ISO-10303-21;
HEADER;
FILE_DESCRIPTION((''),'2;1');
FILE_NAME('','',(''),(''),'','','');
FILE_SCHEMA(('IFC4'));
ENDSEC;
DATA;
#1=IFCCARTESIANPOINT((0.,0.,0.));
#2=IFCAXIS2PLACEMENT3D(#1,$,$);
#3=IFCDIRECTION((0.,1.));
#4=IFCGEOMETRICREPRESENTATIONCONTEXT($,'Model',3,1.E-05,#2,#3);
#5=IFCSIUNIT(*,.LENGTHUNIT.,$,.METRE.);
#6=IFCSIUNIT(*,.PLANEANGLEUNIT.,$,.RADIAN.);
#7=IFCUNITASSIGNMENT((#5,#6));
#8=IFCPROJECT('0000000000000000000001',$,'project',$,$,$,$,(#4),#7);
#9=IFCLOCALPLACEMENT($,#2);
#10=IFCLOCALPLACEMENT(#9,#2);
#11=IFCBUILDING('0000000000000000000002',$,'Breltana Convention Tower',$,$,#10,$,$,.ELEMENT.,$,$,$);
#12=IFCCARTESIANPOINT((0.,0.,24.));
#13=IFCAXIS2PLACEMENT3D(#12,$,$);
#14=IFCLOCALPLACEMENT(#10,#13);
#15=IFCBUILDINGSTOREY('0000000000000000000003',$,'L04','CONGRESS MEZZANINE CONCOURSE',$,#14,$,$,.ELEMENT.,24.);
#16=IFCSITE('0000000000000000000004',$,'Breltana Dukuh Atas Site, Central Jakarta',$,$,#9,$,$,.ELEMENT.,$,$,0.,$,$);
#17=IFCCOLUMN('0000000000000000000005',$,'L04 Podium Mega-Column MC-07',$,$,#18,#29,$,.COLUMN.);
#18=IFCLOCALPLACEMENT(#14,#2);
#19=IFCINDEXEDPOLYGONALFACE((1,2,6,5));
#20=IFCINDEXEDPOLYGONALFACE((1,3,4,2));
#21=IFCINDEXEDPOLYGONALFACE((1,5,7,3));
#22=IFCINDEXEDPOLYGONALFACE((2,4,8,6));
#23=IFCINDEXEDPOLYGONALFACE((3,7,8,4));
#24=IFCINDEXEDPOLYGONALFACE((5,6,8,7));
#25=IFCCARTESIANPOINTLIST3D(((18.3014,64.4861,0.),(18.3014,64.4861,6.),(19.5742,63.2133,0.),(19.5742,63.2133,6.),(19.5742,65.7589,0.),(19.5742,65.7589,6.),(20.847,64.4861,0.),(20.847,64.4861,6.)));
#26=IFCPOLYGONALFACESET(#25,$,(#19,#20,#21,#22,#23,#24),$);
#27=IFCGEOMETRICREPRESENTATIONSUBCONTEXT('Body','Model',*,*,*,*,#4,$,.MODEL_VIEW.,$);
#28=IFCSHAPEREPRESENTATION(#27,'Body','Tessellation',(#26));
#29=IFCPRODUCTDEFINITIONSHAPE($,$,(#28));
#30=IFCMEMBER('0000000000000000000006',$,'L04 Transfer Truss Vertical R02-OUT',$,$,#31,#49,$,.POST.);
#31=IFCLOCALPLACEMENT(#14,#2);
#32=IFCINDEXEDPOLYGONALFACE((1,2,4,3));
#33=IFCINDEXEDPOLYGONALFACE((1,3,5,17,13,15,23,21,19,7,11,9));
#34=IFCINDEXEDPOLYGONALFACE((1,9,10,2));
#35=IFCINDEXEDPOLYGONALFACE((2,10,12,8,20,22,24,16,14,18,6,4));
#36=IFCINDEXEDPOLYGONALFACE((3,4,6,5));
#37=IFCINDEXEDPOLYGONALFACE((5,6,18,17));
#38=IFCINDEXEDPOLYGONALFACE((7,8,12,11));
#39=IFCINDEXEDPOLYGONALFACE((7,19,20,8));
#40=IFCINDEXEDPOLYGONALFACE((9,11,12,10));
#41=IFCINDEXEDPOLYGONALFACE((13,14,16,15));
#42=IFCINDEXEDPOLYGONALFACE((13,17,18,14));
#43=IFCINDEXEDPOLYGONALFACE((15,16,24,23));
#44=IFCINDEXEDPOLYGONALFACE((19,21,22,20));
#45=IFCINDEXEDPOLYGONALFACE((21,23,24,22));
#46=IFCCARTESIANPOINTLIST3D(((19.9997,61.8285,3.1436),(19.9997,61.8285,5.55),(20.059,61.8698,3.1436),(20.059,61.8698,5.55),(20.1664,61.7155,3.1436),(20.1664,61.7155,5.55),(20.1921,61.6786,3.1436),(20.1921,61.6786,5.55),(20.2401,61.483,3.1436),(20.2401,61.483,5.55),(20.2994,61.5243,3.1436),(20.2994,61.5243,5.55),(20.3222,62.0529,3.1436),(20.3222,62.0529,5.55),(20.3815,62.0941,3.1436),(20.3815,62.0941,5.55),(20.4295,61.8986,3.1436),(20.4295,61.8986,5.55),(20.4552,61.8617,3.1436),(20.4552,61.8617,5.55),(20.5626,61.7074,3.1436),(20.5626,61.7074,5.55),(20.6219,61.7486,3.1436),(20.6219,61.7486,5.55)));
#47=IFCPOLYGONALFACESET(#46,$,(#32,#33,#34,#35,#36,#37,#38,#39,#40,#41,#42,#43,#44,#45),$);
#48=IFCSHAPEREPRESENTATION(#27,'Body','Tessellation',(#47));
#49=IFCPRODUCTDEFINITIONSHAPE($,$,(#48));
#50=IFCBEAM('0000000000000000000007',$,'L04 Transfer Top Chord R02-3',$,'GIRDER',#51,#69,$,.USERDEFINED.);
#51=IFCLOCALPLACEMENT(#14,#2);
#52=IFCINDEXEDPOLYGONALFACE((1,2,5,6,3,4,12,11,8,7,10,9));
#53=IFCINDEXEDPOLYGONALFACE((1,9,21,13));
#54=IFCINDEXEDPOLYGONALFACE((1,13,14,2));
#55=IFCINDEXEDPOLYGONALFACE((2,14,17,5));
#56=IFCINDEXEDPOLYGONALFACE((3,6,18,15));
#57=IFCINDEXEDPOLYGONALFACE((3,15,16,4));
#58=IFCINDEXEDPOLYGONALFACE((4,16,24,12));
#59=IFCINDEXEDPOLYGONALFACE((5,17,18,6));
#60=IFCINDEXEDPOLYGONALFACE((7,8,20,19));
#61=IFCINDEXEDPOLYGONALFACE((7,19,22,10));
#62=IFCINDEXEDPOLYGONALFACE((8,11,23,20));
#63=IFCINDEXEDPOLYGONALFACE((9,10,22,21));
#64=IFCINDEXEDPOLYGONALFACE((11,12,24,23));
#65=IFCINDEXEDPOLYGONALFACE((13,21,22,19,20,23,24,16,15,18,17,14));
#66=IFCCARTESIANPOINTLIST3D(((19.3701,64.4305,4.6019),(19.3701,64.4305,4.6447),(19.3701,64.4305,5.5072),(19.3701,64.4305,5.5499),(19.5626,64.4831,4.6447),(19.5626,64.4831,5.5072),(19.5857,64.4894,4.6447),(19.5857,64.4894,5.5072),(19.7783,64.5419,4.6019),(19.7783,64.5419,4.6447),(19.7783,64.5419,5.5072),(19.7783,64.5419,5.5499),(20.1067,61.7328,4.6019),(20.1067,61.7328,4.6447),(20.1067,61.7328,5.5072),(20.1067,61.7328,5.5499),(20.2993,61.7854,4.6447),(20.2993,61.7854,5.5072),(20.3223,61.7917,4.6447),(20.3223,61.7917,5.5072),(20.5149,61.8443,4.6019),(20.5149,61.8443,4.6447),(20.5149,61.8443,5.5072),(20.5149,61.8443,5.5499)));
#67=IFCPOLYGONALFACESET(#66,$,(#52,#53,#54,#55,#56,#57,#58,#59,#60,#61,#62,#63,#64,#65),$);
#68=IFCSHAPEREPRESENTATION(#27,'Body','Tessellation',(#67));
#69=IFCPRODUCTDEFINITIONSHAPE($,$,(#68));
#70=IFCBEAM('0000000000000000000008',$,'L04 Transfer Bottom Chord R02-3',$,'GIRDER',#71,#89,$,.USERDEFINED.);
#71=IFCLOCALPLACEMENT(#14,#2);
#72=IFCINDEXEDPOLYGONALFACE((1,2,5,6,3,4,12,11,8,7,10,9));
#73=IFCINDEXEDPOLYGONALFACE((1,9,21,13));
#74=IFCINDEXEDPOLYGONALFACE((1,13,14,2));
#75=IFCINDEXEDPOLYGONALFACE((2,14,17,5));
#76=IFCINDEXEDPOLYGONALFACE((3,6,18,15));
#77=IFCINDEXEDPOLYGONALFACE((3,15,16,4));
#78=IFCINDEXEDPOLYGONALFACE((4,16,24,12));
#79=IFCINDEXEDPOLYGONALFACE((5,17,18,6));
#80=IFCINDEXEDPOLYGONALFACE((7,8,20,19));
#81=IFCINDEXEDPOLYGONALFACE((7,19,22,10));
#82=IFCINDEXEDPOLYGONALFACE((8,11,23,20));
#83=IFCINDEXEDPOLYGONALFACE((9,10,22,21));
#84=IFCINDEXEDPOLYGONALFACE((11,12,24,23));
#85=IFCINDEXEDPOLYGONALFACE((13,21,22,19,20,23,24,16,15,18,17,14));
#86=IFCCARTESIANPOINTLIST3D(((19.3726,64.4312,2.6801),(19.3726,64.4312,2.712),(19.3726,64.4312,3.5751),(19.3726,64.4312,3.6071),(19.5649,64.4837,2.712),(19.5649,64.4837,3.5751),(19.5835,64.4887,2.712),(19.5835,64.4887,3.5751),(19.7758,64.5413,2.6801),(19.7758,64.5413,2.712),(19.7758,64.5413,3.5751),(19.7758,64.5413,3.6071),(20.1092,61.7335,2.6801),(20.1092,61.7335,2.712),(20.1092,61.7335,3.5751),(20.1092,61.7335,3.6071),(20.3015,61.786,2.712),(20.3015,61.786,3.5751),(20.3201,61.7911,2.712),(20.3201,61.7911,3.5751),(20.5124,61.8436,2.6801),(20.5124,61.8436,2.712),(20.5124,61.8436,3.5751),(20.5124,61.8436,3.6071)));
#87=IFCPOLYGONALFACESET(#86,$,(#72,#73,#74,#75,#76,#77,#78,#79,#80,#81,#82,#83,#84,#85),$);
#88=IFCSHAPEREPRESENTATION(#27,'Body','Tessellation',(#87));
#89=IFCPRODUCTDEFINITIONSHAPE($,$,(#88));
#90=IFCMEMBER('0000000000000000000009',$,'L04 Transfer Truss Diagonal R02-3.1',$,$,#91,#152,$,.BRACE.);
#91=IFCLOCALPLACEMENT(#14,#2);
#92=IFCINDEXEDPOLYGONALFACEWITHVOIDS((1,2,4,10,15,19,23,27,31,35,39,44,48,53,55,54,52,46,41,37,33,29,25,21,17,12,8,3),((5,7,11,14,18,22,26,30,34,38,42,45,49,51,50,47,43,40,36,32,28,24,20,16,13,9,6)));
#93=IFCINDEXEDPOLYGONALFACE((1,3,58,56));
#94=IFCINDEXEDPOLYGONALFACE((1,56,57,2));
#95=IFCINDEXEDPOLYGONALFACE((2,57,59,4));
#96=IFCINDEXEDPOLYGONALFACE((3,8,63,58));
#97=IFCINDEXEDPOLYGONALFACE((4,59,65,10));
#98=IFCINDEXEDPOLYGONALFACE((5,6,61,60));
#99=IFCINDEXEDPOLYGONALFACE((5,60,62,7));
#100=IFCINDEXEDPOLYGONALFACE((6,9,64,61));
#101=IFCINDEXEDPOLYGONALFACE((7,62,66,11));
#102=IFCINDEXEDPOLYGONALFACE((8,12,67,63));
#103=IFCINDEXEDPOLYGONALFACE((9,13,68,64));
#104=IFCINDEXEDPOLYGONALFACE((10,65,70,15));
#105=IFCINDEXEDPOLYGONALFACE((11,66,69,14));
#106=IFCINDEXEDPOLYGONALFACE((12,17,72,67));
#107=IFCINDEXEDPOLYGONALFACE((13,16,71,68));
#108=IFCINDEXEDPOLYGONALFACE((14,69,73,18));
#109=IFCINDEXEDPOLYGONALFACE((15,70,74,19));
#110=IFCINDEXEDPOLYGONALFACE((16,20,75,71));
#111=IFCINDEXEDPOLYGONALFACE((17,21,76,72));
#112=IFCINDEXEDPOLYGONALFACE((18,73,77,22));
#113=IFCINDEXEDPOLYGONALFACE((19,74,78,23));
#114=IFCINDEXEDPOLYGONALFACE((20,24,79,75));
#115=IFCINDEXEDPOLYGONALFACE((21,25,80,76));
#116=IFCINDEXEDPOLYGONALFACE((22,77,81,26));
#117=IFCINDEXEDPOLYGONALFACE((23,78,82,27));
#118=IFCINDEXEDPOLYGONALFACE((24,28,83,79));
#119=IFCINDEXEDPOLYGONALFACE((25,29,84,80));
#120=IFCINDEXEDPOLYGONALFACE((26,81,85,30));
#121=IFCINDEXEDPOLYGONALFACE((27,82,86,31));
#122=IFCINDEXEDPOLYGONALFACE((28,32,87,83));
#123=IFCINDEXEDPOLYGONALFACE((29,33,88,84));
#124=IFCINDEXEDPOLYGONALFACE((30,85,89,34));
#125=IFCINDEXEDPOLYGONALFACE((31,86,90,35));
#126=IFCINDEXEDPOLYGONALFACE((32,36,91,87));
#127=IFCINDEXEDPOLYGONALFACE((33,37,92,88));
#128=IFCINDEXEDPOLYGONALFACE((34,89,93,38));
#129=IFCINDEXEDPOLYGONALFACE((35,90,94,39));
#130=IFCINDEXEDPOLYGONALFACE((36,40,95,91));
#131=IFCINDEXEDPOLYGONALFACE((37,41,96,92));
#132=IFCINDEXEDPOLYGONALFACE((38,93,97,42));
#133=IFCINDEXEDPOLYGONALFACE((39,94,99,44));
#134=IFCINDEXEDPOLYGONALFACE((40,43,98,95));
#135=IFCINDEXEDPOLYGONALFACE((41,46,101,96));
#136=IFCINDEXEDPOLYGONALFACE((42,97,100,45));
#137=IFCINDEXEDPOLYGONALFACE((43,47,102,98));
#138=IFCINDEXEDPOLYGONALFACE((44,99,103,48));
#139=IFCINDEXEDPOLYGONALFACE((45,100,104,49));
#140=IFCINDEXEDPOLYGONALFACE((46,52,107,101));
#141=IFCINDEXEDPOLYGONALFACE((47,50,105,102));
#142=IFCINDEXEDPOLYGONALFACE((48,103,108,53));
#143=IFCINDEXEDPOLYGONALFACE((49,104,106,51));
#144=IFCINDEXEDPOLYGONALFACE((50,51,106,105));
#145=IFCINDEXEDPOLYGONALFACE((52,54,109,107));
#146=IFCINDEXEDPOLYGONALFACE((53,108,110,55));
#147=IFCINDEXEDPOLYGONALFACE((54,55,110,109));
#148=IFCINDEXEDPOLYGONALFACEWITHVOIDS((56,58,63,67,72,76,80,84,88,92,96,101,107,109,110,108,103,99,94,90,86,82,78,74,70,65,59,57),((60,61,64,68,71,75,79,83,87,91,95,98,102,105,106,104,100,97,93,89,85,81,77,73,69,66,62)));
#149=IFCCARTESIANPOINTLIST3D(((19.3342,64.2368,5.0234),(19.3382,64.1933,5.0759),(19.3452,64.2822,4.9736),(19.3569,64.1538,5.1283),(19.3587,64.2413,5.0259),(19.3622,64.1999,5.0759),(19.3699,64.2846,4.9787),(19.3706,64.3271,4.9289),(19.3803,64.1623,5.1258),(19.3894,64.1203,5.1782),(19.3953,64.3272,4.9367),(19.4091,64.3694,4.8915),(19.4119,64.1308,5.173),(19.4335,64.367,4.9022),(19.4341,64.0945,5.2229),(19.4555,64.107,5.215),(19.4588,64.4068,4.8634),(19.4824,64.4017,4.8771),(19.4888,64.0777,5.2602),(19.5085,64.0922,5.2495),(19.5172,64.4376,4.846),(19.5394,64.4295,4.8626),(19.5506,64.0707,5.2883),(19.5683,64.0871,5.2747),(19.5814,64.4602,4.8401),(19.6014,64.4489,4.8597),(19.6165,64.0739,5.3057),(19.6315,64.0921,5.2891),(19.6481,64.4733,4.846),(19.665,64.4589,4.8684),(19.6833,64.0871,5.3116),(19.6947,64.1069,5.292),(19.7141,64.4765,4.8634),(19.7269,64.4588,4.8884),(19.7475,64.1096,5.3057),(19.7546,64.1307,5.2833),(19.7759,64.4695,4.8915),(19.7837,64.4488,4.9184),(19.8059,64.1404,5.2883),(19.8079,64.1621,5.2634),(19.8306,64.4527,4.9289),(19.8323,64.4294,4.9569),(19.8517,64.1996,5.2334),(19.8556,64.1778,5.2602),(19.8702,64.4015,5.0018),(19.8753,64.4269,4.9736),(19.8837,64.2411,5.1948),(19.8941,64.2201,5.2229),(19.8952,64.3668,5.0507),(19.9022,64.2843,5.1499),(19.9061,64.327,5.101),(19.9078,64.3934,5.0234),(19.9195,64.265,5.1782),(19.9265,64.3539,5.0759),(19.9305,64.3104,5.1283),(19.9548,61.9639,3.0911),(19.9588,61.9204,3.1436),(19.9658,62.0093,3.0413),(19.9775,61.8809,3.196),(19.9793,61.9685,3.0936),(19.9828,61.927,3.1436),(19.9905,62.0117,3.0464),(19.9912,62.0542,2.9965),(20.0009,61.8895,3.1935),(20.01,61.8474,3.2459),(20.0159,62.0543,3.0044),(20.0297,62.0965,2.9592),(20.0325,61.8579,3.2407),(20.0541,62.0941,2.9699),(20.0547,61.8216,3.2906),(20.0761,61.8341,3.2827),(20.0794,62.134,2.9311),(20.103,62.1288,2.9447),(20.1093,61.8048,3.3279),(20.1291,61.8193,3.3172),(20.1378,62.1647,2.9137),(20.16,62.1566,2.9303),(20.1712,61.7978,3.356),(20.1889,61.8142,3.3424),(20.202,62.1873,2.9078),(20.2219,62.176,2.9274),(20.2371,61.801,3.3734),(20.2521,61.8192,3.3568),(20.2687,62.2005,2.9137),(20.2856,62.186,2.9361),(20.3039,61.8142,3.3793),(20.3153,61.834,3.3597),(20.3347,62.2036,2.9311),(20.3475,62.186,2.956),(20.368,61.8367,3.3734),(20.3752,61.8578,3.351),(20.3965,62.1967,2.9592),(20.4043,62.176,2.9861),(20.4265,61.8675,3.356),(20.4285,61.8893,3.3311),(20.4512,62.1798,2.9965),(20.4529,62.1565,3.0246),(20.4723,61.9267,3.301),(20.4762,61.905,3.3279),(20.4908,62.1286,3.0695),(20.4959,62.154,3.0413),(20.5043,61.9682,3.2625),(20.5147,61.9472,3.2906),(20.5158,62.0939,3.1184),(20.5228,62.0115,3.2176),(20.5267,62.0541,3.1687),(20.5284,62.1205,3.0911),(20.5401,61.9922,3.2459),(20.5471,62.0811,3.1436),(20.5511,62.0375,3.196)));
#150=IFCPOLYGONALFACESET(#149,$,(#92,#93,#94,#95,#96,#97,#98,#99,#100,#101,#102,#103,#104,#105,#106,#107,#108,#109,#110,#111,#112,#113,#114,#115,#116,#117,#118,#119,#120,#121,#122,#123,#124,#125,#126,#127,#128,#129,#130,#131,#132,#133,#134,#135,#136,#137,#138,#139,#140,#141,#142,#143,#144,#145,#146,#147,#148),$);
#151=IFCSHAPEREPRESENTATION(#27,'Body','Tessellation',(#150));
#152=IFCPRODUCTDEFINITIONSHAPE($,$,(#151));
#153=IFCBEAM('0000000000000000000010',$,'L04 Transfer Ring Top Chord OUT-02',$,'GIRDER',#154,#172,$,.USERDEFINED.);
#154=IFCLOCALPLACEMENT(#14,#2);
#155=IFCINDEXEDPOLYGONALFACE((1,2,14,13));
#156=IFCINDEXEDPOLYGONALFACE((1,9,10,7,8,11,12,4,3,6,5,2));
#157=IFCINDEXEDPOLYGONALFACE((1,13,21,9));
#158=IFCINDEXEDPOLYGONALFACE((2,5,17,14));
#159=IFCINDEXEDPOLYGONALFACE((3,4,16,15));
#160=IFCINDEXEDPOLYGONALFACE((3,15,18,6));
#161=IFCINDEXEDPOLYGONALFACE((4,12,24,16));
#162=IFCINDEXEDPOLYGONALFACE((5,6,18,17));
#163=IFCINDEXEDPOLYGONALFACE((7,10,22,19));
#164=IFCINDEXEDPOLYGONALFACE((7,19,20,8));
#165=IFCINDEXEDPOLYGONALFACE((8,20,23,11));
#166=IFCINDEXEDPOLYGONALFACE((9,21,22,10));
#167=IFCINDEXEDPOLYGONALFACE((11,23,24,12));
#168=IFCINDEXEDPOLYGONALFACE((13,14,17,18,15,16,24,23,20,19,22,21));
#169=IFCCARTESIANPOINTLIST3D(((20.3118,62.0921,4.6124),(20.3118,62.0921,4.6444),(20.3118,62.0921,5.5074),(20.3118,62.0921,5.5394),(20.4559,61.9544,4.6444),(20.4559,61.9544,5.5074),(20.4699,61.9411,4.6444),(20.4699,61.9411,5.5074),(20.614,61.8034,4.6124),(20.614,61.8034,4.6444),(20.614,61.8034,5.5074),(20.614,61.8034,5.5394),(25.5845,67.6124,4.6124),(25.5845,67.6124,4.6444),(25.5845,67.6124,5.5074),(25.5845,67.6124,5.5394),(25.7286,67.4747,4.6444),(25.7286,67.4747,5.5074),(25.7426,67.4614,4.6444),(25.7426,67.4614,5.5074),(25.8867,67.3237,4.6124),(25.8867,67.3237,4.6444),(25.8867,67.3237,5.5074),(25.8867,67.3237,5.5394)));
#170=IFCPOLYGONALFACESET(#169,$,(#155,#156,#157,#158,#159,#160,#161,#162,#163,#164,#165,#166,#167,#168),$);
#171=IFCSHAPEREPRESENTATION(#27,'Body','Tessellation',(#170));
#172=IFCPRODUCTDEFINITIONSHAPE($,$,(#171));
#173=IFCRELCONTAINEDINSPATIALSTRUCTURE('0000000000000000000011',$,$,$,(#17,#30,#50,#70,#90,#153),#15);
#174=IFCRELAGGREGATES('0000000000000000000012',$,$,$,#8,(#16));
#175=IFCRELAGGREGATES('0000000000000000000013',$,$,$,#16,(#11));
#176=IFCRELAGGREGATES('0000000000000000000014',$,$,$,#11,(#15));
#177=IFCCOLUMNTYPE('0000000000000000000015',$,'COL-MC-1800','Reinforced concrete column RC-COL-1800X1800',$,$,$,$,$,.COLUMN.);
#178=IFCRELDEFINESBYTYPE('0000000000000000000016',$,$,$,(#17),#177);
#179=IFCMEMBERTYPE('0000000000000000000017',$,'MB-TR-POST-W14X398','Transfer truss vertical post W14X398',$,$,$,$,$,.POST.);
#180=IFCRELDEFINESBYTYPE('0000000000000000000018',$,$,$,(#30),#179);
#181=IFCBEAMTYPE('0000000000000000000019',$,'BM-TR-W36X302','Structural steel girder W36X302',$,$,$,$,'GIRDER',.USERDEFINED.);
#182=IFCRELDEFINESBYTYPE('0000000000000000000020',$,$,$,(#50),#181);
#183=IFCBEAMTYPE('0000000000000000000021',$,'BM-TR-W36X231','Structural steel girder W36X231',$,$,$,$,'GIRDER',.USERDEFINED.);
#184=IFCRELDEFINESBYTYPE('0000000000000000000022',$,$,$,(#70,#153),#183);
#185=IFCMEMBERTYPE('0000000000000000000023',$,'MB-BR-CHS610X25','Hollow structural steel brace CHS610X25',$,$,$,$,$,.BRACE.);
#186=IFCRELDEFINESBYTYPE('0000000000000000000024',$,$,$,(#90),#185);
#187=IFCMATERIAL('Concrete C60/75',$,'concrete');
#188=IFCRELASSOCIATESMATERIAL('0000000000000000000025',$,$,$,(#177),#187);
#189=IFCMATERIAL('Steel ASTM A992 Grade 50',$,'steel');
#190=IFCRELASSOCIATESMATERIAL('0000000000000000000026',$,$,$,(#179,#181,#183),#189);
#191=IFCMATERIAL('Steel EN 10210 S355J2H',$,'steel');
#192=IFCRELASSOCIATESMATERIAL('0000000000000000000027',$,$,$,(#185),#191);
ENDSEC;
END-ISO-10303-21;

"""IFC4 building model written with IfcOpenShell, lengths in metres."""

from ifc_helpers import new_model, si_unit, direction, frame, origin, origin_2d, place, context, subcontext, project, spatial, rectangle, hollow_circle, i_section, extrude, source, transform, mapped, material, material_profile, profile_set, type_object, type_shapes, element, save


model = new_model("IFC4")

# Units and contexts
model_context = context("Model", 3, precision=1e-05, world=origin(), true_north=direction((0.0, 1.0)))
body_context = subcontext(model_context, "Body", "Model", "MODEL_VIEW")
ifc_project = project(units=[si_unit("LENGTHUNIT", "METRE"), si_unit("PLANEANGLEUNIT", "RADIAN")], contexts=[model_context])

# Site, building, storey
site_placement = place(None, origin())
site = spatial("IfcSite", under=ifc_project, at=site_placement, Name="Breltana Dukuh Atas Site, Central Jakarta", CompositionType="ELEMENT", RefElevation=0.0)
building_placement = place(site_placement, origin())
building = spatial("IfcBuilding", under=site, at=building_placement, Name="Breltana Convention Tower", CompositionType="ELEMENT")
storey_placement = place(building_placement, frame((0.0, 0.0, 24.0)))
storey = spatial("IfcBuildingStorey", under=building, at=storey_placement, Name="L04", Description="CONGRESS MEZZANINE CONCOURSE", CompositionType="ELEMENT", Elevation=24.0)

# Column
ifc_material_1 = material(Name="Concrete C60/75", Category="concrete")
ifc_material_profile_1 = material_profile(ifc_material_1, rectangle(XDim=1.8, YDim=1.8, at=origin_2d()), Name="RC-COL-1800X1800")
ifc_profile_set_1 = profile_set([ifc_material_profile_1], Name="Concrete C60/75")
column_type = type_object("IfcColumnType", Name="COL-MC-1800", Description="Reinforced concrete column RC-COL-1800X1800", PredefinedType="COLUMN", material=ifc_profile_set_1)
shared_shape_1 = source(origin(), body_context, "Body", "SweptSolid", [
    extrude(rectangle(XDim=1.8, YDim=1.8, at=origin_2d()), origin(), (0.0, 0.0, 1.0), 6.0),
])
type_shapes(column_type, [shared_shape_1])
column_placement = place(storey_placement, frame((19.5742, 64.4861, 0.0), z_axis=(0.0, 0.0, 1.0), x_axis=(-0.707107, 0.707107, 0.0)))
element("IfcColumn", 1, at=column_placement, inside=storey, type_object=column_type, Name="L04 Podium Mega-Column MC-07", PredefinedType="COLUMN", context=body_context, shape_type="MappedRepresentation", body=[
    mapped(shared_shape_1, transform((0.0, 0.0, 0.0), scale=1.0)),
])

# Member
ifc_material_2 = material(Name="Steel ASTM A992 Grade 50", Category="steel")
ifc_material_profile_2 = material_profile(ifc_material_2, i_section(OverallWidth=0.4209, OverallDepth=0.4651, WebThickness=0.0449, FlangeThickness=0.0723, at=origin_2d()), Name="W14X398")
ifc_profile_set_2 = profile_set([ifc_material_profile_2], Name="Steel ASTM A992 Grade 50")
member_type_1 = type_object("IfcMemberType", Name="MB-TR-POST-W14X398", Description="Transfer truss vertical post W14X398", PredefinedType="POST", material=ifc_profile_set_2)
shared_shape_2 = source(origin(), body_context, "Body", "SweptSolid", [
    extrude(i_section(OverallWidth=0.4209, OverallDepth=0.4651, WebThickness=0.0449, FlangeThickness=0.0723, at=origin_2d()), origin(), (0.0, 0.0, 1.0), 2.4065),
])
type_shapes(member_type_1, [shared_shape_2])
member_1_placement = place(storey_placement, frame((20.3108, 61.7886, 3.1436), z_axis=(0.0, 0.0, 1.0), x_axis=(-0.571143, 0.82085, 0.0)))
element("IfcMember", 2, at=member_1_placement, inside=storey, type_object=member_type_1, Name="L04 Transfer Truss Vertical R02-OUT", PredefinedType="POST", context=body_context, shape_type="MappedRepresentation", body=[
    mapped(shared_shape_2, transform((0.0, 0.0, 0.0), scale=1.0)),
])

# Beams
ifc_material_profile_3 = material_profile(ifc_material_2, i_section(OverallWidth=0.4231, OverallDepth=0.948, WebThickness=0.0239, FlangeThickness=0.0427, at=origin_2d()), Name="W36X302")
ifc_profile_set_3 = profile_set([ifc_material_profile_3], Name="Steel ASTM A992 Grade 50")
beam_type_1 = type_object("IfcBeamType", Name="BM-TR-W36X302", Description="Structural steel girder W36X302", ElementType="GIRDER", PredefinedType="USERDEFINED", material=ifc_profile_set_3)
shared_shape_3 = source(origin(), body_context, "Body", "SweptSolid", [
    extrude(i_section(OverallWidth=0.4231, OverallDepth=0.948, WebThickness=0.0239, FlangeThickness=0.0427, at=origin_2d()), origin(), (0.0, 0.0, 1.0), 2.7964),
])
beam_1_placement = place(storey_placement, frame((20.3108, 61.7886, 5.0759), z_axis=(-0.263413, 0.964683, 0.0), x_axis=(-0.964683, -0.263413, 0.0)))
element("IfcBeam", 3, at=beam_1_placement, inside=storey, type_object=beam_type_1, Name="L04 Transfer Top Chord R02-3", ObjectType="GIRDER", PredefinedType="USERDEFINED", context=body_context, shape_type="MappedRepresentation", body=[
    mapped(shared_shape_3, transform((0.0, 0.0, 0.0), scale=1.0)),
])
ifc_material_profile_4 = material_profile(ifc_material_2, i_section(OverallWidth=0.418, OverallDepth=0.927, WebThickness=0.0193, FlangeThickness=0.032, at=origin_2d()), Name="W36X231")
ifc_profile_set_4 = profile_set([ifc_material_profile_4], Name="Steel ASTM A992 Grade 50")
beam_type_2 = type_object("IfcBeamType", Name="BM-TR-W36X231", Description="Structural steel girder W36X231", ElementType="GIRDER", PredefinedType="USERDEFINED", material=ifc_profile_set_4)
shared_shape_4 = source(origin(), body_context, "Body", "SweptSolid", [
    extrude(i_section(OverallWidth=0.418, OverallDepth=0.927, WebThickness=0.0193, FlangeThickness=0.032, at=origin_2d()), origin(), (0.0, 0.0, 1.0), 2.7964),
])
beam_2_placement = place(storey_placement, frame((20.3108, 61.7886, 3.1436), z_axis=(-0.263413, 0.964683, 0.0), x_axis=(-0.964683, -0.263413, 0.0)))
element("IfcBeam", 4, at=beam_2_placement, inside=storey, type_object=beam_type_2, Name="L04 Transfer Bottom Chord R02-3", ObjectType="GIRDER", PredefinedType="USERDEFINED", context=body_context, shape_type="MappedRepresentation", body=[
    mapped(shared_shape_4, transform((0.0, 0.0, 0.0), scale=1.0)),
])

# Member
ifc_material_3 = material(Name="Steel EN 10210 S355J2H", Category="steel")
ifc_material_profile_5 = material_profile(ifc_material_3, hollow_circle(Radius=0.3049, WallThickness=0.0249, at=origin_2d()), Name="CHS610X25")
ifc_profile_set_5 = profile_set([ifc_material_profile_5], Name="Steel EN 10210 S355J2H")
member_type_2 = type_object("IfcMemberType", Name="MB-BR-CHS610X25", Description="Hollow structural steel brace CHS610X25", PredefinedType="BRACE", material=ifc_profile_set_5)
shared_shape_5 = source(origin(), body_context, "Body", "SweptSolid", [
    extrude(hollow_circle(Radius=0.3049, WallThickness=0.0249, at=origin_2d()), origin(), (0.0, 0.0, 1.0), 3.0471),
])
member_2_placement = place(storey_placement, frame((20.2529, 62.0007, 3.1436), z_axis=(-0.203663, 0.745911, 0.634144), x_axis=(-0.964687, -0.263398, 0.0)))
element("IfcMember", 5, at=member_2_placement, inside=storey, type_object=member_type_2, Name="L04 Transfer Truss Diagonal R02-3.1", PredefinedType="BRACE", context=body_context, shape_type="MappedRepresentation", body=[
    mapped(shared_shape_5, transform((0.0, 0.0, 0.0), scale=1.0)),
])

# Beam
shared_shape_6 = source(origin(), body_context, "Body", "SweptSolid", [
    extrude(i_section(OverallWidth=0.418, OverallDepth=0.927, WebThickness=0.0193, FlangeThickness=0.032, at=origin_2d()), origin(), (0.0, 0.0, 1.0), 7.6338),
])
beam_3_placement = place(storey_placement, frame((20.4629, 61.9478, 5.0759), z_axis=(0.690706, 0.723136, 0.0), x_axis=(-0.723136, 0.690706, 0.0)))
element("IfcBeam", 6, at=beam_3_placement, inside=storey, type_object=beam_type_2, Name="L04 Transfer Ring Top Chord OUT-02", ObjectType="GIRDER", PredefinedType="USERDEFINED", context=body_context, shape_type="MappedRepresentation", body=[
    mapped(shared_shape_6, transform((0.0, 0.0, 0.0), scale=1.0)),
])

save(model, "model.ifc")
